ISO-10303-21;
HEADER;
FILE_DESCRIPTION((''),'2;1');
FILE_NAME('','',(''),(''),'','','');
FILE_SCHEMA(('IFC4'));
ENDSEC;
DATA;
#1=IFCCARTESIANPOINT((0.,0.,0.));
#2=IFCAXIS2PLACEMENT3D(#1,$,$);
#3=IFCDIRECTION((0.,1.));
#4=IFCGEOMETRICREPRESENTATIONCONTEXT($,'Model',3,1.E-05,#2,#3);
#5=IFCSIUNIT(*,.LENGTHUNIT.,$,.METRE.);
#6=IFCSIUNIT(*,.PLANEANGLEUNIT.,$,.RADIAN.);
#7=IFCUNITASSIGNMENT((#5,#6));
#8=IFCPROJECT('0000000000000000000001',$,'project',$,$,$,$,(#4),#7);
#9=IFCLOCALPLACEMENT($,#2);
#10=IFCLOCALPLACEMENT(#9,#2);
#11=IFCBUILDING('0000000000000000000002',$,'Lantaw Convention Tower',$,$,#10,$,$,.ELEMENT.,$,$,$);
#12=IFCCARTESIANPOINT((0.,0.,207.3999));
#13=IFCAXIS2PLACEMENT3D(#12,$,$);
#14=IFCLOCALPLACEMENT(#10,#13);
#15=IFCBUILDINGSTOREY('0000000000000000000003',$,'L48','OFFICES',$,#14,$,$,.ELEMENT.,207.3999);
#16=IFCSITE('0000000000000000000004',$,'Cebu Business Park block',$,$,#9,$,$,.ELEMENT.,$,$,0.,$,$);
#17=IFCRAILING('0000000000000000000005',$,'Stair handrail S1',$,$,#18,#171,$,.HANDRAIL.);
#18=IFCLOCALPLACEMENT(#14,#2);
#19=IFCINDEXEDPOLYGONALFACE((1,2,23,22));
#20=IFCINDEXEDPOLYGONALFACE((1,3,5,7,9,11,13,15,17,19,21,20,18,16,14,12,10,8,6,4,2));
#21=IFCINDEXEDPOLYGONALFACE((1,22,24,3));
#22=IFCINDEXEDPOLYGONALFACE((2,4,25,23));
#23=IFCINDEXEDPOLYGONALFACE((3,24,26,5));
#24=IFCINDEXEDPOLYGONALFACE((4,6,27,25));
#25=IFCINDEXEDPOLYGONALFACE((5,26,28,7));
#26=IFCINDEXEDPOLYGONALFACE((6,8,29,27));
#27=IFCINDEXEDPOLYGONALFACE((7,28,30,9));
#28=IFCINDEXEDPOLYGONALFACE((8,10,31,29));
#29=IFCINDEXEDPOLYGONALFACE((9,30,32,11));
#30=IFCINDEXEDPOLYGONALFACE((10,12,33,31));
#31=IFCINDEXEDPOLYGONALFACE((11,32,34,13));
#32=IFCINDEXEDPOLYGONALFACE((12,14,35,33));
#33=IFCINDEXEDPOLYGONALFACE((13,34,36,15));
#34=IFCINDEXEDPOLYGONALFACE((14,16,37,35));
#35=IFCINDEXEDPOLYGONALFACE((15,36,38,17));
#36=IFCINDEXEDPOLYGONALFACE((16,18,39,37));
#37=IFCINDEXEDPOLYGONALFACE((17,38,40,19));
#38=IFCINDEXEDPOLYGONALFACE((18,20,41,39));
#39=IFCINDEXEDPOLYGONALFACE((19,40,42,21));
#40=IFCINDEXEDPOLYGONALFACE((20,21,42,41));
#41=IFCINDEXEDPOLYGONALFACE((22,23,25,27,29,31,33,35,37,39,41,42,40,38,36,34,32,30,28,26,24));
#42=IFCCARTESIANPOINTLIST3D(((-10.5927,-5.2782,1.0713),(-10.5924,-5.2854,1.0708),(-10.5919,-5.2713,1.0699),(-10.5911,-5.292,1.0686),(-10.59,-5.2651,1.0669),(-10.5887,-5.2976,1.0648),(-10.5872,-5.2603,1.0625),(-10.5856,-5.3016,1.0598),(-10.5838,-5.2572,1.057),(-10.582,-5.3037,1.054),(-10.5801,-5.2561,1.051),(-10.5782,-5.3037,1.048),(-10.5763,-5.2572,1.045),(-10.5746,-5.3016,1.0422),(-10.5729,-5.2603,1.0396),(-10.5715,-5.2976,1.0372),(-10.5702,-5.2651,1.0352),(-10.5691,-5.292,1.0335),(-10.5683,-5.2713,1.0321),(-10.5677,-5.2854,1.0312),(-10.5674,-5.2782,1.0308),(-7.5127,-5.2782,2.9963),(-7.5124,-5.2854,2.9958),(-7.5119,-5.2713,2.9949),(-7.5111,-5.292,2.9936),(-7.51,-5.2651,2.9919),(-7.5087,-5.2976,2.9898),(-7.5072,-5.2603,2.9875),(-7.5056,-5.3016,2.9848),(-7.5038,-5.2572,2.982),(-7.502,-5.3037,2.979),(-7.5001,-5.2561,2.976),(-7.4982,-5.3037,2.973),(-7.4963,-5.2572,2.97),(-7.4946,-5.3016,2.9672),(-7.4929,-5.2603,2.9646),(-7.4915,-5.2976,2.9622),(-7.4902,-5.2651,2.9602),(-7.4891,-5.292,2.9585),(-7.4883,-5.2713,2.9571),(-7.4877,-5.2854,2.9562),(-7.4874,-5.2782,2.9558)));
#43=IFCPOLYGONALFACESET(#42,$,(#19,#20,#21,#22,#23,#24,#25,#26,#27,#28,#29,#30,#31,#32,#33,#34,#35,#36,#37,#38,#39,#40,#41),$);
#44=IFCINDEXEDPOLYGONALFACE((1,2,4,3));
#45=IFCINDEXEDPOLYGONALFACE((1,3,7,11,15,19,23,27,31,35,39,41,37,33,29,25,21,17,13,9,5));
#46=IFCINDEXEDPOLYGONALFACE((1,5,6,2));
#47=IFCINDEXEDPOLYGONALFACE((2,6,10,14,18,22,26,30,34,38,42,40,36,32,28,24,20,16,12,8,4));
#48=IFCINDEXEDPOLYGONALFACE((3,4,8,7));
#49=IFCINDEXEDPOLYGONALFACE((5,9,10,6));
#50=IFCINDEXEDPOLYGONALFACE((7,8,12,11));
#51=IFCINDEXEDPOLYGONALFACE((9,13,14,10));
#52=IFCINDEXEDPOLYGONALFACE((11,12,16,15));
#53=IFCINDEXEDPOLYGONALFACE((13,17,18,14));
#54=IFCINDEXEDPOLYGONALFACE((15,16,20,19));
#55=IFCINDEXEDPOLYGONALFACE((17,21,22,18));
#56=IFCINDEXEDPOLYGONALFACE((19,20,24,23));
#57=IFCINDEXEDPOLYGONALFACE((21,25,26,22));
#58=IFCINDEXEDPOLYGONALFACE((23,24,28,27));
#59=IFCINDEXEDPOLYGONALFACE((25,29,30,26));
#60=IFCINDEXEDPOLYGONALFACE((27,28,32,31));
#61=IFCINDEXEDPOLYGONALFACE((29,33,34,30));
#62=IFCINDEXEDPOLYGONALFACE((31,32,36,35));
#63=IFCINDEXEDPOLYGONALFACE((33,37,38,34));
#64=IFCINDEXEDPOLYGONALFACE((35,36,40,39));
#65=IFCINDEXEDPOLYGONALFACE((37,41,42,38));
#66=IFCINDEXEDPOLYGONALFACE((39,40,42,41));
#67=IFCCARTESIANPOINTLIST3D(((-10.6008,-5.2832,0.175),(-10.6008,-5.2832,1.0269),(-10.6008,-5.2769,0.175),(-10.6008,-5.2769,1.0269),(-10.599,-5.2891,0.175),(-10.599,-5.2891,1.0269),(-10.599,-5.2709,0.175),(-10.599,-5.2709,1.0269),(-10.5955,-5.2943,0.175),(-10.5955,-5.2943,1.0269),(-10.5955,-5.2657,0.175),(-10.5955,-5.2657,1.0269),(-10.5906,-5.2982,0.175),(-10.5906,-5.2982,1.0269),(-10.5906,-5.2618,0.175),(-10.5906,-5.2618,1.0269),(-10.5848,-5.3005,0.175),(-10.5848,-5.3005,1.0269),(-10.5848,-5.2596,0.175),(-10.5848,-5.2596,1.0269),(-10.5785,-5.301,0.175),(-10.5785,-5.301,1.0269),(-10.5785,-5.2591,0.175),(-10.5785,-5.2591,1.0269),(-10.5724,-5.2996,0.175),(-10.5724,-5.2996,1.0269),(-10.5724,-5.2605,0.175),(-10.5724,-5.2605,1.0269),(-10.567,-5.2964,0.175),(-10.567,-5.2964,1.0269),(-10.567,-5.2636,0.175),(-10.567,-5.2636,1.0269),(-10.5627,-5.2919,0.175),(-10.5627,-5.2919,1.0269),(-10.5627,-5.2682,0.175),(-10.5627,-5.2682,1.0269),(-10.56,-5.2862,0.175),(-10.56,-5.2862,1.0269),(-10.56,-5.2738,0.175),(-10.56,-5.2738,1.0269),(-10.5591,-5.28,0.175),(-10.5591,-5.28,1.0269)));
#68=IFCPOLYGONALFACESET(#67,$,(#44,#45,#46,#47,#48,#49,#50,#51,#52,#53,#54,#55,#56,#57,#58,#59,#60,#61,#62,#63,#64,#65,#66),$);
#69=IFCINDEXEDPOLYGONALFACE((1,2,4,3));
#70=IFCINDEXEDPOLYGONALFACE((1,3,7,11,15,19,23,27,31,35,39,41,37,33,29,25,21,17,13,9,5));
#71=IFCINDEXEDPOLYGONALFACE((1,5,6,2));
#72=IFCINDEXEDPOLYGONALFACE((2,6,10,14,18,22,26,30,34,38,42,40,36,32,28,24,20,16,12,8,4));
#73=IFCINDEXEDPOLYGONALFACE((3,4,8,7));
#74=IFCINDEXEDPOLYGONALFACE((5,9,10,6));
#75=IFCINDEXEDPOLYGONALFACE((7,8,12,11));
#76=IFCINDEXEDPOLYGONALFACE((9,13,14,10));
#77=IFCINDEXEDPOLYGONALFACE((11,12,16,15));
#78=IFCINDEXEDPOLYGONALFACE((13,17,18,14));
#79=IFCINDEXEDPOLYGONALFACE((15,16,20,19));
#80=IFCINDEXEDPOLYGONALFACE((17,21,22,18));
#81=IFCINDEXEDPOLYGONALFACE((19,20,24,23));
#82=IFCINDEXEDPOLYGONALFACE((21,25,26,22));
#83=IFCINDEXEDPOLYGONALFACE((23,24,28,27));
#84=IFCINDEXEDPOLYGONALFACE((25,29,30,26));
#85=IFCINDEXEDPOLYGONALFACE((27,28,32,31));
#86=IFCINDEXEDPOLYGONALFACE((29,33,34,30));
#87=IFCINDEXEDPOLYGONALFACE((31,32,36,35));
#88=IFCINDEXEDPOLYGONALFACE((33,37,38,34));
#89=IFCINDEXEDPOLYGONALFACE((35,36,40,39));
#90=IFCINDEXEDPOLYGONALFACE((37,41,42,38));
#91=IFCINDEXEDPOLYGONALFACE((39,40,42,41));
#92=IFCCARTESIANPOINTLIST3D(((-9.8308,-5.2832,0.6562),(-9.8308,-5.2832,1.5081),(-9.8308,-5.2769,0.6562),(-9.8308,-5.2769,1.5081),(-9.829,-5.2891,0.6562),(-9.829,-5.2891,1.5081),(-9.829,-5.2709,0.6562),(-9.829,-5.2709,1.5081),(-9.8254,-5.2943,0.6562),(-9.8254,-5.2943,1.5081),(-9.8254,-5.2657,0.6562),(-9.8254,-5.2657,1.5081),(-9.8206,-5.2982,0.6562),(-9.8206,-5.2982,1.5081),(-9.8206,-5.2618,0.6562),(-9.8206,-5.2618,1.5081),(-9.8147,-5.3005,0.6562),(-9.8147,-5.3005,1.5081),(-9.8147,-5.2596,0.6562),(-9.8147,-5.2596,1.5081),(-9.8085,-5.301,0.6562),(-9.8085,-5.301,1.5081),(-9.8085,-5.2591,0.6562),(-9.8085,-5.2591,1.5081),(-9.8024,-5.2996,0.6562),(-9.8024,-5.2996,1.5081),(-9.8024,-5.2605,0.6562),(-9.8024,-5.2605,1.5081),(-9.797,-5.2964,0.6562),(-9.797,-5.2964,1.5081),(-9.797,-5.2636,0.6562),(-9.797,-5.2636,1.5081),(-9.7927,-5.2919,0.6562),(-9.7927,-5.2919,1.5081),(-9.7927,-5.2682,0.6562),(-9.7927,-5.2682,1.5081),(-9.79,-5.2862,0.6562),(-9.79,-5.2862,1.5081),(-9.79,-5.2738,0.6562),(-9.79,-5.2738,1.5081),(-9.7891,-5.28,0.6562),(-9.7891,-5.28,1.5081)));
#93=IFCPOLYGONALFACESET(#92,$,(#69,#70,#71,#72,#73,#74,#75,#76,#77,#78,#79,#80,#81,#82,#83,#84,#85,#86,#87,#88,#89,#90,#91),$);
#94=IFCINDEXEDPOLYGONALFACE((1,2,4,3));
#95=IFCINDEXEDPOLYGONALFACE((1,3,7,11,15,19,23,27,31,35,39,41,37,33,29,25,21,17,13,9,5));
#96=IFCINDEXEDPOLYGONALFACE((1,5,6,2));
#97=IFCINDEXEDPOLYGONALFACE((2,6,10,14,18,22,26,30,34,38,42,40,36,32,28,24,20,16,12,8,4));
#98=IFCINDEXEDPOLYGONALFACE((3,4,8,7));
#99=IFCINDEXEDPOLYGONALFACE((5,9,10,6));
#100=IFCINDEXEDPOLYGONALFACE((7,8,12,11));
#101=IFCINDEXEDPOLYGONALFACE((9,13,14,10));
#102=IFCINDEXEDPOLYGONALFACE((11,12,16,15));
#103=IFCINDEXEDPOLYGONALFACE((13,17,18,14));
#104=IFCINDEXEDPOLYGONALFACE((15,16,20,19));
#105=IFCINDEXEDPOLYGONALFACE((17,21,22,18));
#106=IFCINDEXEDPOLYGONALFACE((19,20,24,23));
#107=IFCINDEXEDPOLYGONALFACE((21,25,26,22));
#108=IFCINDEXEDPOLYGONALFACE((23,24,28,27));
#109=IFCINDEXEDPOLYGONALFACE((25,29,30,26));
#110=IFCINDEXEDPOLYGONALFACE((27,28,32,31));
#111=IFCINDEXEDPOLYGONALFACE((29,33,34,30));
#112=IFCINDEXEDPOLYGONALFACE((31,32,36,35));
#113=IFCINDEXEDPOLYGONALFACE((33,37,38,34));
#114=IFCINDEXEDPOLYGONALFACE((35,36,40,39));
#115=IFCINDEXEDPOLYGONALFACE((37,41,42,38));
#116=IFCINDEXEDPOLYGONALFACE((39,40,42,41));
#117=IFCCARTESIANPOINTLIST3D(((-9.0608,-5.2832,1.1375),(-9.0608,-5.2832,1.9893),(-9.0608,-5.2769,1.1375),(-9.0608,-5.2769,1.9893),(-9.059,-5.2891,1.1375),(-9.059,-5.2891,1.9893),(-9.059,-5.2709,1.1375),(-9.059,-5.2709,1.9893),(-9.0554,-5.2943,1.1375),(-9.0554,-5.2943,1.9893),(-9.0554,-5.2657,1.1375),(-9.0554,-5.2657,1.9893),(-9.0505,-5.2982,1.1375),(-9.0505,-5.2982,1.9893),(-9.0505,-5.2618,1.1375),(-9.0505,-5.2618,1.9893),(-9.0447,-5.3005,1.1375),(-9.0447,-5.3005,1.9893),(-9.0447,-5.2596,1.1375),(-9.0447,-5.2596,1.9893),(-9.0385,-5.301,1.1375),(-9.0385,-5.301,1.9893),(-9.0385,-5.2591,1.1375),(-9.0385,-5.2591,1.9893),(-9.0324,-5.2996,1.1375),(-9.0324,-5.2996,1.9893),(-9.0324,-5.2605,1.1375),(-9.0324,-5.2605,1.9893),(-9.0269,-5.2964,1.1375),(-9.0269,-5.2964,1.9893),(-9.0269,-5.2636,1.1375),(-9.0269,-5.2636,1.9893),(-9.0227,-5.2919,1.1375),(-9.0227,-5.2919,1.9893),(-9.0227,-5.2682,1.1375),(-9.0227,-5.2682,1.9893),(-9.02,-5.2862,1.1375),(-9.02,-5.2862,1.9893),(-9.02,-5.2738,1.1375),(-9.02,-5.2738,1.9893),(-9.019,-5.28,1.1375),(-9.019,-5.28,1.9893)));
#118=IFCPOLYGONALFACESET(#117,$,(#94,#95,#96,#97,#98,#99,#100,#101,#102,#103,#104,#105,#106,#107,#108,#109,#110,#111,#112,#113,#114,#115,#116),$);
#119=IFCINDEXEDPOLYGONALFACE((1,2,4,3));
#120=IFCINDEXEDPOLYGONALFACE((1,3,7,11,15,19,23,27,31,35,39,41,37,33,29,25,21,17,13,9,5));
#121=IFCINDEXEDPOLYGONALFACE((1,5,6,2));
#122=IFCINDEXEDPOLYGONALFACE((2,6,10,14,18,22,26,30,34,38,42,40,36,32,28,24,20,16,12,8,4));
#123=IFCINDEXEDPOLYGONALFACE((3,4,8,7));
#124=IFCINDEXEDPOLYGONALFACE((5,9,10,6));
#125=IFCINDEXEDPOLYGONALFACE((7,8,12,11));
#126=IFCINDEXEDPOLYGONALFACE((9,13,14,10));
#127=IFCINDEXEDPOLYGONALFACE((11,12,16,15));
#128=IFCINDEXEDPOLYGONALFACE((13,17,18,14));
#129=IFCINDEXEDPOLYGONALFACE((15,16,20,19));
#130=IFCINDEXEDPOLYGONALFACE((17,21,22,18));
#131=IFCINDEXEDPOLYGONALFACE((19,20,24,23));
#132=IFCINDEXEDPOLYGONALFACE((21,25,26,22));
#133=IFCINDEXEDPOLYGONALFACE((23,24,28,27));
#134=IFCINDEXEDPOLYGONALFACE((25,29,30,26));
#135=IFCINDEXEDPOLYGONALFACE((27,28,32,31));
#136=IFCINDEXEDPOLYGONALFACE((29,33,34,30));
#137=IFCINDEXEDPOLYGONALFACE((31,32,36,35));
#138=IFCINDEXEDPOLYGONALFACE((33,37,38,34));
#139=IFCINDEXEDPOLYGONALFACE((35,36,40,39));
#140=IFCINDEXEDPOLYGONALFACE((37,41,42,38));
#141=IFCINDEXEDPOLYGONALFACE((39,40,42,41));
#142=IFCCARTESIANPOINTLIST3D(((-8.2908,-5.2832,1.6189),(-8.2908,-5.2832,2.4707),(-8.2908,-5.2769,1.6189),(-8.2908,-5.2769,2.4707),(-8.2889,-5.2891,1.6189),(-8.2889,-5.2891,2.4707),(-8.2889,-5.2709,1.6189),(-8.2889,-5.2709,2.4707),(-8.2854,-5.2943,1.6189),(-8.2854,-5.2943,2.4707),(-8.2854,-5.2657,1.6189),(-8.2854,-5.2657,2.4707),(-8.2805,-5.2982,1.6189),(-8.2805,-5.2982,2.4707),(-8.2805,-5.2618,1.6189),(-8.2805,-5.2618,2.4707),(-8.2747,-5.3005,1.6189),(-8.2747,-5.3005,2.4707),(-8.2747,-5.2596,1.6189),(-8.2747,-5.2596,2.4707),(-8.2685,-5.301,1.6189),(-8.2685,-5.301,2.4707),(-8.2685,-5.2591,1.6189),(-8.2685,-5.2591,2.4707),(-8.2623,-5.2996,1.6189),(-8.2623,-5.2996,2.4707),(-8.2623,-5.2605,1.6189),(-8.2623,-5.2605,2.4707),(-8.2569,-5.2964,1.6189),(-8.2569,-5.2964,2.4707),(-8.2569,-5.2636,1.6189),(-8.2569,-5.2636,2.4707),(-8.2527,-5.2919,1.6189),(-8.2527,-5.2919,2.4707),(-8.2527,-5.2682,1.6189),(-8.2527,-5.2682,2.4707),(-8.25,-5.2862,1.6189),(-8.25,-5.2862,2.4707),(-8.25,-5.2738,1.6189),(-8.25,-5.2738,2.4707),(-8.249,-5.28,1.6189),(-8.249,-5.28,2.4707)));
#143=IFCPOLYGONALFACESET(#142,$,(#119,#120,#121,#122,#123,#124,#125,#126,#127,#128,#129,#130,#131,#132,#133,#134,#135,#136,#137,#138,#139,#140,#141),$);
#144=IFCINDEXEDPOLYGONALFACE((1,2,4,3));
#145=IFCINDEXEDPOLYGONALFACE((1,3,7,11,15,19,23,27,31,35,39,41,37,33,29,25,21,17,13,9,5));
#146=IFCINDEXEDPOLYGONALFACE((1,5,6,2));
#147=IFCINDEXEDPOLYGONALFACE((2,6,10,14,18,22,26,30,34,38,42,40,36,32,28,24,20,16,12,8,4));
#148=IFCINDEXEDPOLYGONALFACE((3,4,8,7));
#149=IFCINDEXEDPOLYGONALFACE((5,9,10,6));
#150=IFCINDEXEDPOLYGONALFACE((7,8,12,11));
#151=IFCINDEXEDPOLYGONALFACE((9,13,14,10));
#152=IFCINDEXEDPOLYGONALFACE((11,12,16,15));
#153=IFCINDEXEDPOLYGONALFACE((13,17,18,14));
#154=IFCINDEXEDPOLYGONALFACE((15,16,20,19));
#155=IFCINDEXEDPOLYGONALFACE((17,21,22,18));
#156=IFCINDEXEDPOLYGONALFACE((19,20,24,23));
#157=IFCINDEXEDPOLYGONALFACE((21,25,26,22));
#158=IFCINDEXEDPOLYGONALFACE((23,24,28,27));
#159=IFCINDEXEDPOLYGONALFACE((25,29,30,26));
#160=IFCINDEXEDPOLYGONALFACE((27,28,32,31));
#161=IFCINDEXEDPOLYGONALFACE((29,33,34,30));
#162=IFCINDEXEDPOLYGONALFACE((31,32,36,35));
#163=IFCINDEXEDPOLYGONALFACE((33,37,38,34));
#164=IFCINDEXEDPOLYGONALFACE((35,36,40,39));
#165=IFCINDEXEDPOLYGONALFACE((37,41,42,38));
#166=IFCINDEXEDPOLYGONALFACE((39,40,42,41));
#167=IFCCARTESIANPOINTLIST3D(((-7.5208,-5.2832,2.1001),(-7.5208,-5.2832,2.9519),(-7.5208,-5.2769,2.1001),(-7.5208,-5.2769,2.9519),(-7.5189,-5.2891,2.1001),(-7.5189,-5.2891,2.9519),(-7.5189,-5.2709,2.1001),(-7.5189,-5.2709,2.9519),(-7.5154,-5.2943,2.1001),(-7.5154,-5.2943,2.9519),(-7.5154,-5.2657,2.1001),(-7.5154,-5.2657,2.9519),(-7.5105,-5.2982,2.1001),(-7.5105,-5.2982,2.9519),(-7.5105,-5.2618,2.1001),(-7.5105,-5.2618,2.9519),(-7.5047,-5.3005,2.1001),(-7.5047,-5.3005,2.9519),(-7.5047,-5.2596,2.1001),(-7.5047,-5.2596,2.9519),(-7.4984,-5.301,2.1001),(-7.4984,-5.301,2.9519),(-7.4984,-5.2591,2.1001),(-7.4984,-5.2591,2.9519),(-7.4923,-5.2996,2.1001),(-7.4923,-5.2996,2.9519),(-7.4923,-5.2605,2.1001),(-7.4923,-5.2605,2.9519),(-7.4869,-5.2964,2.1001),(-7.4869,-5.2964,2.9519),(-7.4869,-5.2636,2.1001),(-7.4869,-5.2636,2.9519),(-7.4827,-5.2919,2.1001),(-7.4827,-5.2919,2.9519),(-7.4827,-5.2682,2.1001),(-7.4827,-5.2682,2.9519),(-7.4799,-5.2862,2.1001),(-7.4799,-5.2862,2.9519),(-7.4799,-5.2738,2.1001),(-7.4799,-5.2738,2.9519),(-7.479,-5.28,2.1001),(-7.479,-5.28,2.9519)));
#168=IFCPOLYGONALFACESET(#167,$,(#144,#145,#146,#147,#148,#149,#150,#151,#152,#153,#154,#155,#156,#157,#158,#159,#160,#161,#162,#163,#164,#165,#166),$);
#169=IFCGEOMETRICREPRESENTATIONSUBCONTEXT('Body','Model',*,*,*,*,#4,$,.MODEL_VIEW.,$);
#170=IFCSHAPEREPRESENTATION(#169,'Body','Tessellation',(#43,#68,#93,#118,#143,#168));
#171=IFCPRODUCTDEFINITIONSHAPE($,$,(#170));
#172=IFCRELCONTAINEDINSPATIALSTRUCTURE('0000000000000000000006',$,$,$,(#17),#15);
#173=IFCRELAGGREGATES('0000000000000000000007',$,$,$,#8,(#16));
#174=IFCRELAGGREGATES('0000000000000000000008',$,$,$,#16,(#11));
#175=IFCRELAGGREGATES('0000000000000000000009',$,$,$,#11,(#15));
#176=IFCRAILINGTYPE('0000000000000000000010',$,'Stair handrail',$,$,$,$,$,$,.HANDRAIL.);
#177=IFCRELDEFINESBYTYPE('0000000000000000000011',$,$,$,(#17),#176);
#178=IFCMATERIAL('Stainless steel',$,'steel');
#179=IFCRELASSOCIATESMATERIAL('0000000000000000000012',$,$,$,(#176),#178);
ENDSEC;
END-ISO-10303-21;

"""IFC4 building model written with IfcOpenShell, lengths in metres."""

from ifc_helpers import new_model, si_unit, direction, frame, origin, origin_2d, place, context, subcontext, project, spatial, circle, extrude, material, type_object, element, save


model = new_model("IFC4")

# Units and contexts
model_context = context("Model", 3, precision=1e-05, world=origin(), true_north=direction((0.0, 1.0)))
body_context = subcontext(model_context, "Body", "Model", "MODEL_VIEW")
ifc_project = project(units=[si_unit("LENGTHUNIT", "METRE"), si_unit("PLANEANGLEUNIT", "RADIAN")], contexts=[model_context])

# Site, building, storey
site_placement = place(None, origin())
site = spatial("IfcSite", under=ifc_project, at=site_placement, Name="Cebu Business Park block", CompositionType="ELEMENT", RefElevation=0.0)
building_placement = place(site_placement, origin())
building = spatial("IfcBuilding", under=site, at=building_placement, Name="Lantaw Convention Tower", CompositionType="ELEMENT")
storey_placement = place(building_placement, frame((0.0, 0.0, 207.3999)))
storey = spatial("IfcBuildingStorey", under=building, at=storey_placement, Name="L48", Description="OFFICES", CompositionType="ELEMENT", Elevation=207.3999)

# Shared definitions
ifc_material_1 = material(Name="Stainless steel", Category="steel")

# Railing
railing_type = type_object("IfcRailingType", Name="Stair handrail", PredefinedType="HANDRAIL", material=ifc_material_1)
railing_1_placement = place(storey_placement, frame((-10.5801, -5.28, 0.175)))
element("IfcRailing", 1, at=railing_1_placement, inside=storey, type_object=railing_type, Name="Stair handrail S1", PredefinedType="HANDRAIL", context=body_context, shape_type="SweptSolid", body=[
    extrude(circle(Radius=0.0239, at=origin_2d()), frame((0.0, 0.0, 0.876), z_axis=(0.847998, 0.0, 0.529999), x_axis=(0.0, 1.0, 0.0)), (0.0, 0.0, 1.0), 3.6321),
    extrude(circle(Radius=0.021, at=origin_2d()), origin(), (0.0, 0.0, 1.0), 0.8518),
    extrude(circle(Radius=0.021, at=origin_2d()), frame((0.77, 0.0, 0.4812)), (0.0, 0.0, 1.0), 0.8518),
    extrude(circle(Radius=0.021, at=origin_2d()), frame((1.54, 0.0, 0.9624)), (0.0, 0.0, 1.0), 0.8518),
    extrude(circle(Radius=0.021, at=origin_2d()), frame((2.3101, 0.0, 1.4438)), (0.0, 0.0, 1.0), 0.8518),
    extrude(circle(Radius=0.021, at=origin_2d()), frame((3.0801, 0.0, 1.925)), (0.0, 0.0, 1.0), 0.8518),
])

save(model, "model.ifc")
